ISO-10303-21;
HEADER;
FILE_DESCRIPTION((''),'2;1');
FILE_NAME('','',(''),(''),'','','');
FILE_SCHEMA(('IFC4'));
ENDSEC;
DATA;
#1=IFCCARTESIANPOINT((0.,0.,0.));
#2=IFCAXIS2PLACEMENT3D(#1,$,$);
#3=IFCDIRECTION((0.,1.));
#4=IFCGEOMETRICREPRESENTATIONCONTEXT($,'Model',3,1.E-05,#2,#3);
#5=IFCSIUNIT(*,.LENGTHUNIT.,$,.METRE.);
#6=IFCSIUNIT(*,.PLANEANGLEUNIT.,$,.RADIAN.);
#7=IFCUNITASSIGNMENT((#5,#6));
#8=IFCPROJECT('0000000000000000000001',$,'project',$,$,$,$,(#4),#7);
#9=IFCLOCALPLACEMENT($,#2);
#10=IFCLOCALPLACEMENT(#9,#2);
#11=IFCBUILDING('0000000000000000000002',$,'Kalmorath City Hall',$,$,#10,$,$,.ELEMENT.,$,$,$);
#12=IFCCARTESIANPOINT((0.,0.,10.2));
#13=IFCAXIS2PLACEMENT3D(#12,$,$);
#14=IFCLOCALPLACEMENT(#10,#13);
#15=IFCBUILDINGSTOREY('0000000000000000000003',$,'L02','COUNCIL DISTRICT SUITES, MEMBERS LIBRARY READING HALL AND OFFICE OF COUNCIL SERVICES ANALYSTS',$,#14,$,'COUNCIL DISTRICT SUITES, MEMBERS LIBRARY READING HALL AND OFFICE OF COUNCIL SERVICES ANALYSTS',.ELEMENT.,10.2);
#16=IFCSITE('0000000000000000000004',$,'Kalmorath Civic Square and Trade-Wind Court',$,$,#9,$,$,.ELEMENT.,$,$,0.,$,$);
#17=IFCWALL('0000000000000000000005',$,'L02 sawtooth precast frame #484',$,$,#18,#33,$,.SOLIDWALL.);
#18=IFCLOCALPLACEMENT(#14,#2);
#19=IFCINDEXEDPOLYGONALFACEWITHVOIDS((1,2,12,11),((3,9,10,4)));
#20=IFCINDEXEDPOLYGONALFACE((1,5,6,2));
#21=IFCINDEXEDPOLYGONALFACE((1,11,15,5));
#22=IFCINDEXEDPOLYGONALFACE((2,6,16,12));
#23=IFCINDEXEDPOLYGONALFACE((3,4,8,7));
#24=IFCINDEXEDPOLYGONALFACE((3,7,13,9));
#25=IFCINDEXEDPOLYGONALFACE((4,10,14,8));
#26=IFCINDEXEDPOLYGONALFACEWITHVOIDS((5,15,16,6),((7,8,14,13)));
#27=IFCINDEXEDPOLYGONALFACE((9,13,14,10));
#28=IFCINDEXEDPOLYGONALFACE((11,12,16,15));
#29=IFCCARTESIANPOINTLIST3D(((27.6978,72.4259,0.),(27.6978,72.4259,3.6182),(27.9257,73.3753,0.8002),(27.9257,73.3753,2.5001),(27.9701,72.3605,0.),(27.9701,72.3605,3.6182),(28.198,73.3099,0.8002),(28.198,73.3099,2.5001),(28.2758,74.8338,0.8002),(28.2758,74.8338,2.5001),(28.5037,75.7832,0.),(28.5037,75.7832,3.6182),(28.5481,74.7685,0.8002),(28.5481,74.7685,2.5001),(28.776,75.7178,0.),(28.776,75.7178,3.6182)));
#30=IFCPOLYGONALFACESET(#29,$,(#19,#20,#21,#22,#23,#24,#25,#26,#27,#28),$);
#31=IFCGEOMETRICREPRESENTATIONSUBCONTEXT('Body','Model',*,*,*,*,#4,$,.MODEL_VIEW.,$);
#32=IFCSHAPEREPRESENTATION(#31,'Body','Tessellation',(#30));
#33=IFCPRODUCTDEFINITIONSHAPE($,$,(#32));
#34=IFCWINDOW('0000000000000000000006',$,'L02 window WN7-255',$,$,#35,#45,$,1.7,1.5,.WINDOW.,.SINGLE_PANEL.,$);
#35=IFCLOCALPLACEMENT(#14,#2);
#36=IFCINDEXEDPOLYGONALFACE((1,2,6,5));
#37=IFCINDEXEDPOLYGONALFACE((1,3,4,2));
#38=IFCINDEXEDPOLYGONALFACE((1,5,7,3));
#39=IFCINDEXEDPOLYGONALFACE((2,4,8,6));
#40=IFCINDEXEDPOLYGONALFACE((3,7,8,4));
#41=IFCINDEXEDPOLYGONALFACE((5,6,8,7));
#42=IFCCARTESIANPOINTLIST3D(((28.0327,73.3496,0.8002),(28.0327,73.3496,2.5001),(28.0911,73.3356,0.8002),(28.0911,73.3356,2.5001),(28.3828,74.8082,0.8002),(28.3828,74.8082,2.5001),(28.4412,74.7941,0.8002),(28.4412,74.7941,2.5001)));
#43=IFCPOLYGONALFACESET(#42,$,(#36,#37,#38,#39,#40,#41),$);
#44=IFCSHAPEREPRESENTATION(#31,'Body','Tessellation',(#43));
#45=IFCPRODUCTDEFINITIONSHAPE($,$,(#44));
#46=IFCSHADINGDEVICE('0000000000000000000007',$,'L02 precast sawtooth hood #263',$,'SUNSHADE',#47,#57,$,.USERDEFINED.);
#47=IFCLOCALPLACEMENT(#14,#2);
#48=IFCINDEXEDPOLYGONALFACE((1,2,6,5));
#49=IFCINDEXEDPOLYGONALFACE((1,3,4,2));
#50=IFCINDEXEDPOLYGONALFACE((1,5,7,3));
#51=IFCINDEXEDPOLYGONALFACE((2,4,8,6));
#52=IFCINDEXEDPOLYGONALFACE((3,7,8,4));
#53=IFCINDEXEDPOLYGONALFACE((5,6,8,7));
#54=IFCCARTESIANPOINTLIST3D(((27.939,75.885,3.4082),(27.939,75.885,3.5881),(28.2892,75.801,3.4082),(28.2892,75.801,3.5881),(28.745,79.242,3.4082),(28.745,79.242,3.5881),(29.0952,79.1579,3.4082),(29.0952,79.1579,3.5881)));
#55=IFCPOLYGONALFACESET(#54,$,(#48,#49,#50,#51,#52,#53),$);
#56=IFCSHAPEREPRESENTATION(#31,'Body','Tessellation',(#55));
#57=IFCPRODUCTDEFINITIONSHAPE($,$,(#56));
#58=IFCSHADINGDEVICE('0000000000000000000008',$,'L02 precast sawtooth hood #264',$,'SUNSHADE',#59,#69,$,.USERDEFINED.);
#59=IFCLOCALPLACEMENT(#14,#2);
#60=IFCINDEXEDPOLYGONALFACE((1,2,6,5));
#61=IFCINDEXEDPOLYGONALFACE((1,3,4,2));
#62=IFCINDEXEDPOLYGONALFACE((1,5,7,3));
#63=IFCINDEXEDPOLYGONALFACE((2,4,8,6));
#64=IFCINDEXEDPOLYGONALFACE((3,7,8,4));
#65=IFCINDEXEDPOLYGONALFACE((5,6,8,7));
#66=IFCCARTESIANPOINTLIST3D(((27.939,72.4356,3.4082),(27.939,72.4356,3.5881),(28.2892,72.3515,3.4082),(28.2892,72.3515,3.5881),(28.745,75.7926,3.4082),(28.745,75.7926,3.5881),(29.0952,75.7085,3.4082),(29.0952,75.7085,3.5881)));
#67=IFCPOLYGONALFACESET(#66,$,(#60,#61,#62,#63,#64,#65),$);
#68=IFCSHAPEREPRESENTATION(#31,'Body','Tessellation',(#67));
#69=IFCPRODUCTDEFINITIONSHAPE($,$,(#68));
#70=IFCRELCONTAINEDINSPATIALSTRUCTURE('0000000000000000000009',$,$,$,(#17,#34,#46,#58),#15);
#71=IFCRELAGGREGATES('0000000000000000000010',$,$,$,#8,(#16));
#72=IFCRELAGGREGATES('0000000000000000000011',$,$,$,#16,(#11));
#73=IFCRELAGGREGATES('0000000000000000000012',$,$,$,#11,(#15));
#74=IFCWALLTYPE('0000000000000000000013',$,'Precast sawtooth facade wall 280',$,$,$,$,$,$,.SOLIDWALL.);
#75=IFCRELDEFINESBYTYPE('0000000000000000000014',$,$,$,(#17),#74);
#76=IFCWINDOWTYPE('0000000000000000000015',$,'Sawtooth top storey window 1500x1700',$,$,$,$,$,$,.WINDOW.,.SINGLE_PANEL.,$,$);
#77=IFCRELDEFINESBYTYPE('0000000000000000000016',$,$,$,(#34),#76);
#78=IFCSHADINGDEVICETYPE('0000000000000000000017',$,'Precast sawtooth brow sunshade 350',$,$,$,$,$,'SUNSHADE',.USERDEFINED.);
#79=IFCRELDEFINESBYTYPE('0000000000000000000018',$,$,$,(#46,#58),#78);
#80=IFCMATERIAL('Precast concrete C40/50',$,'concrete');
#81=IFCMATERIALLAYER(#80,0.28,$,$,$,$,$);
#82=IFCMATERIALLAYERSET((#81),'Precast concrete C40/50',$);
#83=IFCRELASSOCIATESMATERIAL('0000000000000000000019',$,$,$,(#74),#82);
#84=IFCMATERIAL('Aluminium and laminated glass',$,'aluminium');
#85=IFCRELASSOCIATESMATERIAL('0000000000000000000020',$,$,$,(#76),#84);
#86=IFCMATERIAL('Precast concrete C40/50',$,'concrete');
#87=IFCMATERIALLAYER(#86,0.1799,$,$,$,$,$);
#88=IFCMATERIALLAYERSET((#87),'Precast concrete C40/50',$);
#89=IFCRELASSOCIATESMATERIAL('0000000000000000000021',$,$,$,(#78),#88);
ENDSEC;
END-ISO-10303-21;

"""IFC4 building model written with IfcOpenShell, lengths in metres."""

from ifc_helpers import new_model, si_unit, direction, frame, frame_2d, origin, origin_2d, place, context, subcontext, project, spatial, rectangle, extrude, material, layer, layer_set, type_object, element, fill, save


model = new_model("IFC4")

# Units and contexts
model_context = context("Model", 3, precision=1e-05, world=origin(), true_north=direction((0.0, 1.0)))
body_context = subcontext(model_context, "Body", "Model", "MODEL_VIEW")
ifc_project = project(units=[si_unit("LENGTHUNIT", "METRE"), si_unit("PLANEANGLEUNIT", "RADIAN")], contexts=[model_context])

# Site, building, storey
site_placement = place(None, origin())
site = spatial("IfcSite", under=ifc_project, at=site_placement, Name="Kalmorath Civic Square and Trade-Wind Court", CompositionType="ELEMENT", RefElevation=0.0)
building_placement = place(site_placement, origin())
building = spatial("IfcBuilding", under=site, at=building_placement, Name="Kalmorath City Hall", CompositionType="ELEMENT")
storey_placement = place(building_placement, frame((0.0, 0.0, 10.2)))
storey = spatial("IfcBuildingStorey", under=building, at=storey_placement, Name="L02", Description="COUNCIL DISTRICT SUITES, MEMBERS LIBRARY READING HALL AND OFFICE OF COUNCIL SERVICES ANALYSTS", LongName="COUNCIL DISTRICT SUITES, MEMBERS LIBRARY READING HALL AND OFFICE OF COUNCIL SERVICES ANALYSTS", CompositionType="ELEMENT", Elevation=10.2)

# Wall, opening, window
ifc_material_1 = material(Name="Precast concrete C40/50", Category="concrete")
ifc_layer_1 = layer(ifc_material_1, 0.28)
ifc_layer_set_1 = layer_set([ifc_layer_1], Name="Precast concrete C40/50")
wall_type_1 = type_object("IfcWallType", Name="Precast sawtooth facade wall 280", PredefinedType="SOLIDWALL", material=ifc_layer_set_1)
ifc_material_2 = material(Name="Aluminium and laminated glass", Category="aluminium")
window_type = type_object("IfcWindowType", Name="Sawtooth top storey window 1500x1700", PartitioningType="SINGLE_PANEL", PredefinedType="WINDOW", material=ifc_material_2)
wall_1_placement = place(storey_placement, frame((28.6399, 75.7505, 0.0), z_axis=(0.0, 0.0, 1.0), x_axis=(-0.233424, -0.972375, 0.0)))
wall_1 = element("IfcWall", 1, at=wall_1_placement, inside=storey, type_object=wall_type_1, Name="L02 sawtooth precast frame #484", PredefinedType="SOLIDWALL", context=body_context, shape_type="SweptSolid", body=[
    extrude(rectangle(XDim=3.4526, YDim=0.28, at=frame_2d((1.7263, 0.0))), origin(), (0.0, 0.0, 1.0), 3.6182),
])
opening_1_placement = place(wall_1_placement, frame((0.9763, 0.0, 0.8)))
opening_1 = element("IfcOpeningElement", 2, at=opening_1_placement, cuts=wall_1, PredefinedType="OPENING", context=body_context, shape_type="SweptSolid", body=[
    extrude(rectangle(XDim=1.5, YDim=1.7, at=frame_2d((0.75, 0.8501))), frame((0.0, 0.1499, 0.0), z_axis=(0.0, -1.0, 0.0), x_axis=(1.0, 0.0, 0.0)), (0.0, 0.0, 1.0), 0.3),
])
window_1_placement = place(opening_1_placement, origin())
window_1 = element("IfcWindow", 3, at=window_1_placement, inside=storey, type_object=window_type, Name="L02 window WN7-255", OverallHeight=1.7, OverallWidth=1.5, PartitioningType="SINGLE_PANEL", PredefinedType="WINDOW", context=body_context, shape_type="SweptSolid", body=[
    extrude(rectangle(XDim=1.5, YDim=1.7, at=frame_2d((0.75, 0.8501))), frame((0.0, 0.03, 0.0), z_axis=(0.0, -1.0, 0.0), x_axis=(1.0, 0.0, 0.0)), (0.0, 0.0, 1.0), 0.0601),
])
fill(opening_1, window_1)

# Shading devices
ifc_material_3 = material(Name="Precast concrete C40/50", Category="concrete")
ifc_layer_2 = layer(ifc_material_3, 0.1799)
ifc_layer_set_2 = layer_set([ifc_layer_2], Name="Precast concrete C40/50")
shading_device_type = type_object("IfcShadingDeviceType", Name="Precast sawtooth brow sunshade 350", ElementType="SUNSHADE", PredefinedType="USERDEFINED", material=ifc_layer_set_2)
for number, where, z_axis, x_axis, name in (
    (4, (28.5171, 77.5215, 3.4082), (0.0, 0.0, 1.0), (-0.233462, -0.972366, 0.0), "L02 precast sawtooth hood #263"),
    (5, (28.5171, 74.072, 3.4082), (0.0, 0.0, 1.0), (-0.233462, -0.972366, 0.0), "L02 precast sawtooth hood #264"),
):
    element("IfcShadingDevice", number, at=place(storey_placement, frame(where, z_axis=z_axis, x_axis=x_axis)), inside=storey, type_object=shading_device_type, Name=name, ObjectType="SUNSHADE", PredefinedType="USERDEFINED", context=body_context, shape_type="SweptSolid", body=[
        extrude(rectangle(XDim=3.4524, YDim=0.3601, at=origin_2d()), origin(), (0.0, 0.0, 1.0), 0.1799),
    ])

save(model, "model.ifc")
